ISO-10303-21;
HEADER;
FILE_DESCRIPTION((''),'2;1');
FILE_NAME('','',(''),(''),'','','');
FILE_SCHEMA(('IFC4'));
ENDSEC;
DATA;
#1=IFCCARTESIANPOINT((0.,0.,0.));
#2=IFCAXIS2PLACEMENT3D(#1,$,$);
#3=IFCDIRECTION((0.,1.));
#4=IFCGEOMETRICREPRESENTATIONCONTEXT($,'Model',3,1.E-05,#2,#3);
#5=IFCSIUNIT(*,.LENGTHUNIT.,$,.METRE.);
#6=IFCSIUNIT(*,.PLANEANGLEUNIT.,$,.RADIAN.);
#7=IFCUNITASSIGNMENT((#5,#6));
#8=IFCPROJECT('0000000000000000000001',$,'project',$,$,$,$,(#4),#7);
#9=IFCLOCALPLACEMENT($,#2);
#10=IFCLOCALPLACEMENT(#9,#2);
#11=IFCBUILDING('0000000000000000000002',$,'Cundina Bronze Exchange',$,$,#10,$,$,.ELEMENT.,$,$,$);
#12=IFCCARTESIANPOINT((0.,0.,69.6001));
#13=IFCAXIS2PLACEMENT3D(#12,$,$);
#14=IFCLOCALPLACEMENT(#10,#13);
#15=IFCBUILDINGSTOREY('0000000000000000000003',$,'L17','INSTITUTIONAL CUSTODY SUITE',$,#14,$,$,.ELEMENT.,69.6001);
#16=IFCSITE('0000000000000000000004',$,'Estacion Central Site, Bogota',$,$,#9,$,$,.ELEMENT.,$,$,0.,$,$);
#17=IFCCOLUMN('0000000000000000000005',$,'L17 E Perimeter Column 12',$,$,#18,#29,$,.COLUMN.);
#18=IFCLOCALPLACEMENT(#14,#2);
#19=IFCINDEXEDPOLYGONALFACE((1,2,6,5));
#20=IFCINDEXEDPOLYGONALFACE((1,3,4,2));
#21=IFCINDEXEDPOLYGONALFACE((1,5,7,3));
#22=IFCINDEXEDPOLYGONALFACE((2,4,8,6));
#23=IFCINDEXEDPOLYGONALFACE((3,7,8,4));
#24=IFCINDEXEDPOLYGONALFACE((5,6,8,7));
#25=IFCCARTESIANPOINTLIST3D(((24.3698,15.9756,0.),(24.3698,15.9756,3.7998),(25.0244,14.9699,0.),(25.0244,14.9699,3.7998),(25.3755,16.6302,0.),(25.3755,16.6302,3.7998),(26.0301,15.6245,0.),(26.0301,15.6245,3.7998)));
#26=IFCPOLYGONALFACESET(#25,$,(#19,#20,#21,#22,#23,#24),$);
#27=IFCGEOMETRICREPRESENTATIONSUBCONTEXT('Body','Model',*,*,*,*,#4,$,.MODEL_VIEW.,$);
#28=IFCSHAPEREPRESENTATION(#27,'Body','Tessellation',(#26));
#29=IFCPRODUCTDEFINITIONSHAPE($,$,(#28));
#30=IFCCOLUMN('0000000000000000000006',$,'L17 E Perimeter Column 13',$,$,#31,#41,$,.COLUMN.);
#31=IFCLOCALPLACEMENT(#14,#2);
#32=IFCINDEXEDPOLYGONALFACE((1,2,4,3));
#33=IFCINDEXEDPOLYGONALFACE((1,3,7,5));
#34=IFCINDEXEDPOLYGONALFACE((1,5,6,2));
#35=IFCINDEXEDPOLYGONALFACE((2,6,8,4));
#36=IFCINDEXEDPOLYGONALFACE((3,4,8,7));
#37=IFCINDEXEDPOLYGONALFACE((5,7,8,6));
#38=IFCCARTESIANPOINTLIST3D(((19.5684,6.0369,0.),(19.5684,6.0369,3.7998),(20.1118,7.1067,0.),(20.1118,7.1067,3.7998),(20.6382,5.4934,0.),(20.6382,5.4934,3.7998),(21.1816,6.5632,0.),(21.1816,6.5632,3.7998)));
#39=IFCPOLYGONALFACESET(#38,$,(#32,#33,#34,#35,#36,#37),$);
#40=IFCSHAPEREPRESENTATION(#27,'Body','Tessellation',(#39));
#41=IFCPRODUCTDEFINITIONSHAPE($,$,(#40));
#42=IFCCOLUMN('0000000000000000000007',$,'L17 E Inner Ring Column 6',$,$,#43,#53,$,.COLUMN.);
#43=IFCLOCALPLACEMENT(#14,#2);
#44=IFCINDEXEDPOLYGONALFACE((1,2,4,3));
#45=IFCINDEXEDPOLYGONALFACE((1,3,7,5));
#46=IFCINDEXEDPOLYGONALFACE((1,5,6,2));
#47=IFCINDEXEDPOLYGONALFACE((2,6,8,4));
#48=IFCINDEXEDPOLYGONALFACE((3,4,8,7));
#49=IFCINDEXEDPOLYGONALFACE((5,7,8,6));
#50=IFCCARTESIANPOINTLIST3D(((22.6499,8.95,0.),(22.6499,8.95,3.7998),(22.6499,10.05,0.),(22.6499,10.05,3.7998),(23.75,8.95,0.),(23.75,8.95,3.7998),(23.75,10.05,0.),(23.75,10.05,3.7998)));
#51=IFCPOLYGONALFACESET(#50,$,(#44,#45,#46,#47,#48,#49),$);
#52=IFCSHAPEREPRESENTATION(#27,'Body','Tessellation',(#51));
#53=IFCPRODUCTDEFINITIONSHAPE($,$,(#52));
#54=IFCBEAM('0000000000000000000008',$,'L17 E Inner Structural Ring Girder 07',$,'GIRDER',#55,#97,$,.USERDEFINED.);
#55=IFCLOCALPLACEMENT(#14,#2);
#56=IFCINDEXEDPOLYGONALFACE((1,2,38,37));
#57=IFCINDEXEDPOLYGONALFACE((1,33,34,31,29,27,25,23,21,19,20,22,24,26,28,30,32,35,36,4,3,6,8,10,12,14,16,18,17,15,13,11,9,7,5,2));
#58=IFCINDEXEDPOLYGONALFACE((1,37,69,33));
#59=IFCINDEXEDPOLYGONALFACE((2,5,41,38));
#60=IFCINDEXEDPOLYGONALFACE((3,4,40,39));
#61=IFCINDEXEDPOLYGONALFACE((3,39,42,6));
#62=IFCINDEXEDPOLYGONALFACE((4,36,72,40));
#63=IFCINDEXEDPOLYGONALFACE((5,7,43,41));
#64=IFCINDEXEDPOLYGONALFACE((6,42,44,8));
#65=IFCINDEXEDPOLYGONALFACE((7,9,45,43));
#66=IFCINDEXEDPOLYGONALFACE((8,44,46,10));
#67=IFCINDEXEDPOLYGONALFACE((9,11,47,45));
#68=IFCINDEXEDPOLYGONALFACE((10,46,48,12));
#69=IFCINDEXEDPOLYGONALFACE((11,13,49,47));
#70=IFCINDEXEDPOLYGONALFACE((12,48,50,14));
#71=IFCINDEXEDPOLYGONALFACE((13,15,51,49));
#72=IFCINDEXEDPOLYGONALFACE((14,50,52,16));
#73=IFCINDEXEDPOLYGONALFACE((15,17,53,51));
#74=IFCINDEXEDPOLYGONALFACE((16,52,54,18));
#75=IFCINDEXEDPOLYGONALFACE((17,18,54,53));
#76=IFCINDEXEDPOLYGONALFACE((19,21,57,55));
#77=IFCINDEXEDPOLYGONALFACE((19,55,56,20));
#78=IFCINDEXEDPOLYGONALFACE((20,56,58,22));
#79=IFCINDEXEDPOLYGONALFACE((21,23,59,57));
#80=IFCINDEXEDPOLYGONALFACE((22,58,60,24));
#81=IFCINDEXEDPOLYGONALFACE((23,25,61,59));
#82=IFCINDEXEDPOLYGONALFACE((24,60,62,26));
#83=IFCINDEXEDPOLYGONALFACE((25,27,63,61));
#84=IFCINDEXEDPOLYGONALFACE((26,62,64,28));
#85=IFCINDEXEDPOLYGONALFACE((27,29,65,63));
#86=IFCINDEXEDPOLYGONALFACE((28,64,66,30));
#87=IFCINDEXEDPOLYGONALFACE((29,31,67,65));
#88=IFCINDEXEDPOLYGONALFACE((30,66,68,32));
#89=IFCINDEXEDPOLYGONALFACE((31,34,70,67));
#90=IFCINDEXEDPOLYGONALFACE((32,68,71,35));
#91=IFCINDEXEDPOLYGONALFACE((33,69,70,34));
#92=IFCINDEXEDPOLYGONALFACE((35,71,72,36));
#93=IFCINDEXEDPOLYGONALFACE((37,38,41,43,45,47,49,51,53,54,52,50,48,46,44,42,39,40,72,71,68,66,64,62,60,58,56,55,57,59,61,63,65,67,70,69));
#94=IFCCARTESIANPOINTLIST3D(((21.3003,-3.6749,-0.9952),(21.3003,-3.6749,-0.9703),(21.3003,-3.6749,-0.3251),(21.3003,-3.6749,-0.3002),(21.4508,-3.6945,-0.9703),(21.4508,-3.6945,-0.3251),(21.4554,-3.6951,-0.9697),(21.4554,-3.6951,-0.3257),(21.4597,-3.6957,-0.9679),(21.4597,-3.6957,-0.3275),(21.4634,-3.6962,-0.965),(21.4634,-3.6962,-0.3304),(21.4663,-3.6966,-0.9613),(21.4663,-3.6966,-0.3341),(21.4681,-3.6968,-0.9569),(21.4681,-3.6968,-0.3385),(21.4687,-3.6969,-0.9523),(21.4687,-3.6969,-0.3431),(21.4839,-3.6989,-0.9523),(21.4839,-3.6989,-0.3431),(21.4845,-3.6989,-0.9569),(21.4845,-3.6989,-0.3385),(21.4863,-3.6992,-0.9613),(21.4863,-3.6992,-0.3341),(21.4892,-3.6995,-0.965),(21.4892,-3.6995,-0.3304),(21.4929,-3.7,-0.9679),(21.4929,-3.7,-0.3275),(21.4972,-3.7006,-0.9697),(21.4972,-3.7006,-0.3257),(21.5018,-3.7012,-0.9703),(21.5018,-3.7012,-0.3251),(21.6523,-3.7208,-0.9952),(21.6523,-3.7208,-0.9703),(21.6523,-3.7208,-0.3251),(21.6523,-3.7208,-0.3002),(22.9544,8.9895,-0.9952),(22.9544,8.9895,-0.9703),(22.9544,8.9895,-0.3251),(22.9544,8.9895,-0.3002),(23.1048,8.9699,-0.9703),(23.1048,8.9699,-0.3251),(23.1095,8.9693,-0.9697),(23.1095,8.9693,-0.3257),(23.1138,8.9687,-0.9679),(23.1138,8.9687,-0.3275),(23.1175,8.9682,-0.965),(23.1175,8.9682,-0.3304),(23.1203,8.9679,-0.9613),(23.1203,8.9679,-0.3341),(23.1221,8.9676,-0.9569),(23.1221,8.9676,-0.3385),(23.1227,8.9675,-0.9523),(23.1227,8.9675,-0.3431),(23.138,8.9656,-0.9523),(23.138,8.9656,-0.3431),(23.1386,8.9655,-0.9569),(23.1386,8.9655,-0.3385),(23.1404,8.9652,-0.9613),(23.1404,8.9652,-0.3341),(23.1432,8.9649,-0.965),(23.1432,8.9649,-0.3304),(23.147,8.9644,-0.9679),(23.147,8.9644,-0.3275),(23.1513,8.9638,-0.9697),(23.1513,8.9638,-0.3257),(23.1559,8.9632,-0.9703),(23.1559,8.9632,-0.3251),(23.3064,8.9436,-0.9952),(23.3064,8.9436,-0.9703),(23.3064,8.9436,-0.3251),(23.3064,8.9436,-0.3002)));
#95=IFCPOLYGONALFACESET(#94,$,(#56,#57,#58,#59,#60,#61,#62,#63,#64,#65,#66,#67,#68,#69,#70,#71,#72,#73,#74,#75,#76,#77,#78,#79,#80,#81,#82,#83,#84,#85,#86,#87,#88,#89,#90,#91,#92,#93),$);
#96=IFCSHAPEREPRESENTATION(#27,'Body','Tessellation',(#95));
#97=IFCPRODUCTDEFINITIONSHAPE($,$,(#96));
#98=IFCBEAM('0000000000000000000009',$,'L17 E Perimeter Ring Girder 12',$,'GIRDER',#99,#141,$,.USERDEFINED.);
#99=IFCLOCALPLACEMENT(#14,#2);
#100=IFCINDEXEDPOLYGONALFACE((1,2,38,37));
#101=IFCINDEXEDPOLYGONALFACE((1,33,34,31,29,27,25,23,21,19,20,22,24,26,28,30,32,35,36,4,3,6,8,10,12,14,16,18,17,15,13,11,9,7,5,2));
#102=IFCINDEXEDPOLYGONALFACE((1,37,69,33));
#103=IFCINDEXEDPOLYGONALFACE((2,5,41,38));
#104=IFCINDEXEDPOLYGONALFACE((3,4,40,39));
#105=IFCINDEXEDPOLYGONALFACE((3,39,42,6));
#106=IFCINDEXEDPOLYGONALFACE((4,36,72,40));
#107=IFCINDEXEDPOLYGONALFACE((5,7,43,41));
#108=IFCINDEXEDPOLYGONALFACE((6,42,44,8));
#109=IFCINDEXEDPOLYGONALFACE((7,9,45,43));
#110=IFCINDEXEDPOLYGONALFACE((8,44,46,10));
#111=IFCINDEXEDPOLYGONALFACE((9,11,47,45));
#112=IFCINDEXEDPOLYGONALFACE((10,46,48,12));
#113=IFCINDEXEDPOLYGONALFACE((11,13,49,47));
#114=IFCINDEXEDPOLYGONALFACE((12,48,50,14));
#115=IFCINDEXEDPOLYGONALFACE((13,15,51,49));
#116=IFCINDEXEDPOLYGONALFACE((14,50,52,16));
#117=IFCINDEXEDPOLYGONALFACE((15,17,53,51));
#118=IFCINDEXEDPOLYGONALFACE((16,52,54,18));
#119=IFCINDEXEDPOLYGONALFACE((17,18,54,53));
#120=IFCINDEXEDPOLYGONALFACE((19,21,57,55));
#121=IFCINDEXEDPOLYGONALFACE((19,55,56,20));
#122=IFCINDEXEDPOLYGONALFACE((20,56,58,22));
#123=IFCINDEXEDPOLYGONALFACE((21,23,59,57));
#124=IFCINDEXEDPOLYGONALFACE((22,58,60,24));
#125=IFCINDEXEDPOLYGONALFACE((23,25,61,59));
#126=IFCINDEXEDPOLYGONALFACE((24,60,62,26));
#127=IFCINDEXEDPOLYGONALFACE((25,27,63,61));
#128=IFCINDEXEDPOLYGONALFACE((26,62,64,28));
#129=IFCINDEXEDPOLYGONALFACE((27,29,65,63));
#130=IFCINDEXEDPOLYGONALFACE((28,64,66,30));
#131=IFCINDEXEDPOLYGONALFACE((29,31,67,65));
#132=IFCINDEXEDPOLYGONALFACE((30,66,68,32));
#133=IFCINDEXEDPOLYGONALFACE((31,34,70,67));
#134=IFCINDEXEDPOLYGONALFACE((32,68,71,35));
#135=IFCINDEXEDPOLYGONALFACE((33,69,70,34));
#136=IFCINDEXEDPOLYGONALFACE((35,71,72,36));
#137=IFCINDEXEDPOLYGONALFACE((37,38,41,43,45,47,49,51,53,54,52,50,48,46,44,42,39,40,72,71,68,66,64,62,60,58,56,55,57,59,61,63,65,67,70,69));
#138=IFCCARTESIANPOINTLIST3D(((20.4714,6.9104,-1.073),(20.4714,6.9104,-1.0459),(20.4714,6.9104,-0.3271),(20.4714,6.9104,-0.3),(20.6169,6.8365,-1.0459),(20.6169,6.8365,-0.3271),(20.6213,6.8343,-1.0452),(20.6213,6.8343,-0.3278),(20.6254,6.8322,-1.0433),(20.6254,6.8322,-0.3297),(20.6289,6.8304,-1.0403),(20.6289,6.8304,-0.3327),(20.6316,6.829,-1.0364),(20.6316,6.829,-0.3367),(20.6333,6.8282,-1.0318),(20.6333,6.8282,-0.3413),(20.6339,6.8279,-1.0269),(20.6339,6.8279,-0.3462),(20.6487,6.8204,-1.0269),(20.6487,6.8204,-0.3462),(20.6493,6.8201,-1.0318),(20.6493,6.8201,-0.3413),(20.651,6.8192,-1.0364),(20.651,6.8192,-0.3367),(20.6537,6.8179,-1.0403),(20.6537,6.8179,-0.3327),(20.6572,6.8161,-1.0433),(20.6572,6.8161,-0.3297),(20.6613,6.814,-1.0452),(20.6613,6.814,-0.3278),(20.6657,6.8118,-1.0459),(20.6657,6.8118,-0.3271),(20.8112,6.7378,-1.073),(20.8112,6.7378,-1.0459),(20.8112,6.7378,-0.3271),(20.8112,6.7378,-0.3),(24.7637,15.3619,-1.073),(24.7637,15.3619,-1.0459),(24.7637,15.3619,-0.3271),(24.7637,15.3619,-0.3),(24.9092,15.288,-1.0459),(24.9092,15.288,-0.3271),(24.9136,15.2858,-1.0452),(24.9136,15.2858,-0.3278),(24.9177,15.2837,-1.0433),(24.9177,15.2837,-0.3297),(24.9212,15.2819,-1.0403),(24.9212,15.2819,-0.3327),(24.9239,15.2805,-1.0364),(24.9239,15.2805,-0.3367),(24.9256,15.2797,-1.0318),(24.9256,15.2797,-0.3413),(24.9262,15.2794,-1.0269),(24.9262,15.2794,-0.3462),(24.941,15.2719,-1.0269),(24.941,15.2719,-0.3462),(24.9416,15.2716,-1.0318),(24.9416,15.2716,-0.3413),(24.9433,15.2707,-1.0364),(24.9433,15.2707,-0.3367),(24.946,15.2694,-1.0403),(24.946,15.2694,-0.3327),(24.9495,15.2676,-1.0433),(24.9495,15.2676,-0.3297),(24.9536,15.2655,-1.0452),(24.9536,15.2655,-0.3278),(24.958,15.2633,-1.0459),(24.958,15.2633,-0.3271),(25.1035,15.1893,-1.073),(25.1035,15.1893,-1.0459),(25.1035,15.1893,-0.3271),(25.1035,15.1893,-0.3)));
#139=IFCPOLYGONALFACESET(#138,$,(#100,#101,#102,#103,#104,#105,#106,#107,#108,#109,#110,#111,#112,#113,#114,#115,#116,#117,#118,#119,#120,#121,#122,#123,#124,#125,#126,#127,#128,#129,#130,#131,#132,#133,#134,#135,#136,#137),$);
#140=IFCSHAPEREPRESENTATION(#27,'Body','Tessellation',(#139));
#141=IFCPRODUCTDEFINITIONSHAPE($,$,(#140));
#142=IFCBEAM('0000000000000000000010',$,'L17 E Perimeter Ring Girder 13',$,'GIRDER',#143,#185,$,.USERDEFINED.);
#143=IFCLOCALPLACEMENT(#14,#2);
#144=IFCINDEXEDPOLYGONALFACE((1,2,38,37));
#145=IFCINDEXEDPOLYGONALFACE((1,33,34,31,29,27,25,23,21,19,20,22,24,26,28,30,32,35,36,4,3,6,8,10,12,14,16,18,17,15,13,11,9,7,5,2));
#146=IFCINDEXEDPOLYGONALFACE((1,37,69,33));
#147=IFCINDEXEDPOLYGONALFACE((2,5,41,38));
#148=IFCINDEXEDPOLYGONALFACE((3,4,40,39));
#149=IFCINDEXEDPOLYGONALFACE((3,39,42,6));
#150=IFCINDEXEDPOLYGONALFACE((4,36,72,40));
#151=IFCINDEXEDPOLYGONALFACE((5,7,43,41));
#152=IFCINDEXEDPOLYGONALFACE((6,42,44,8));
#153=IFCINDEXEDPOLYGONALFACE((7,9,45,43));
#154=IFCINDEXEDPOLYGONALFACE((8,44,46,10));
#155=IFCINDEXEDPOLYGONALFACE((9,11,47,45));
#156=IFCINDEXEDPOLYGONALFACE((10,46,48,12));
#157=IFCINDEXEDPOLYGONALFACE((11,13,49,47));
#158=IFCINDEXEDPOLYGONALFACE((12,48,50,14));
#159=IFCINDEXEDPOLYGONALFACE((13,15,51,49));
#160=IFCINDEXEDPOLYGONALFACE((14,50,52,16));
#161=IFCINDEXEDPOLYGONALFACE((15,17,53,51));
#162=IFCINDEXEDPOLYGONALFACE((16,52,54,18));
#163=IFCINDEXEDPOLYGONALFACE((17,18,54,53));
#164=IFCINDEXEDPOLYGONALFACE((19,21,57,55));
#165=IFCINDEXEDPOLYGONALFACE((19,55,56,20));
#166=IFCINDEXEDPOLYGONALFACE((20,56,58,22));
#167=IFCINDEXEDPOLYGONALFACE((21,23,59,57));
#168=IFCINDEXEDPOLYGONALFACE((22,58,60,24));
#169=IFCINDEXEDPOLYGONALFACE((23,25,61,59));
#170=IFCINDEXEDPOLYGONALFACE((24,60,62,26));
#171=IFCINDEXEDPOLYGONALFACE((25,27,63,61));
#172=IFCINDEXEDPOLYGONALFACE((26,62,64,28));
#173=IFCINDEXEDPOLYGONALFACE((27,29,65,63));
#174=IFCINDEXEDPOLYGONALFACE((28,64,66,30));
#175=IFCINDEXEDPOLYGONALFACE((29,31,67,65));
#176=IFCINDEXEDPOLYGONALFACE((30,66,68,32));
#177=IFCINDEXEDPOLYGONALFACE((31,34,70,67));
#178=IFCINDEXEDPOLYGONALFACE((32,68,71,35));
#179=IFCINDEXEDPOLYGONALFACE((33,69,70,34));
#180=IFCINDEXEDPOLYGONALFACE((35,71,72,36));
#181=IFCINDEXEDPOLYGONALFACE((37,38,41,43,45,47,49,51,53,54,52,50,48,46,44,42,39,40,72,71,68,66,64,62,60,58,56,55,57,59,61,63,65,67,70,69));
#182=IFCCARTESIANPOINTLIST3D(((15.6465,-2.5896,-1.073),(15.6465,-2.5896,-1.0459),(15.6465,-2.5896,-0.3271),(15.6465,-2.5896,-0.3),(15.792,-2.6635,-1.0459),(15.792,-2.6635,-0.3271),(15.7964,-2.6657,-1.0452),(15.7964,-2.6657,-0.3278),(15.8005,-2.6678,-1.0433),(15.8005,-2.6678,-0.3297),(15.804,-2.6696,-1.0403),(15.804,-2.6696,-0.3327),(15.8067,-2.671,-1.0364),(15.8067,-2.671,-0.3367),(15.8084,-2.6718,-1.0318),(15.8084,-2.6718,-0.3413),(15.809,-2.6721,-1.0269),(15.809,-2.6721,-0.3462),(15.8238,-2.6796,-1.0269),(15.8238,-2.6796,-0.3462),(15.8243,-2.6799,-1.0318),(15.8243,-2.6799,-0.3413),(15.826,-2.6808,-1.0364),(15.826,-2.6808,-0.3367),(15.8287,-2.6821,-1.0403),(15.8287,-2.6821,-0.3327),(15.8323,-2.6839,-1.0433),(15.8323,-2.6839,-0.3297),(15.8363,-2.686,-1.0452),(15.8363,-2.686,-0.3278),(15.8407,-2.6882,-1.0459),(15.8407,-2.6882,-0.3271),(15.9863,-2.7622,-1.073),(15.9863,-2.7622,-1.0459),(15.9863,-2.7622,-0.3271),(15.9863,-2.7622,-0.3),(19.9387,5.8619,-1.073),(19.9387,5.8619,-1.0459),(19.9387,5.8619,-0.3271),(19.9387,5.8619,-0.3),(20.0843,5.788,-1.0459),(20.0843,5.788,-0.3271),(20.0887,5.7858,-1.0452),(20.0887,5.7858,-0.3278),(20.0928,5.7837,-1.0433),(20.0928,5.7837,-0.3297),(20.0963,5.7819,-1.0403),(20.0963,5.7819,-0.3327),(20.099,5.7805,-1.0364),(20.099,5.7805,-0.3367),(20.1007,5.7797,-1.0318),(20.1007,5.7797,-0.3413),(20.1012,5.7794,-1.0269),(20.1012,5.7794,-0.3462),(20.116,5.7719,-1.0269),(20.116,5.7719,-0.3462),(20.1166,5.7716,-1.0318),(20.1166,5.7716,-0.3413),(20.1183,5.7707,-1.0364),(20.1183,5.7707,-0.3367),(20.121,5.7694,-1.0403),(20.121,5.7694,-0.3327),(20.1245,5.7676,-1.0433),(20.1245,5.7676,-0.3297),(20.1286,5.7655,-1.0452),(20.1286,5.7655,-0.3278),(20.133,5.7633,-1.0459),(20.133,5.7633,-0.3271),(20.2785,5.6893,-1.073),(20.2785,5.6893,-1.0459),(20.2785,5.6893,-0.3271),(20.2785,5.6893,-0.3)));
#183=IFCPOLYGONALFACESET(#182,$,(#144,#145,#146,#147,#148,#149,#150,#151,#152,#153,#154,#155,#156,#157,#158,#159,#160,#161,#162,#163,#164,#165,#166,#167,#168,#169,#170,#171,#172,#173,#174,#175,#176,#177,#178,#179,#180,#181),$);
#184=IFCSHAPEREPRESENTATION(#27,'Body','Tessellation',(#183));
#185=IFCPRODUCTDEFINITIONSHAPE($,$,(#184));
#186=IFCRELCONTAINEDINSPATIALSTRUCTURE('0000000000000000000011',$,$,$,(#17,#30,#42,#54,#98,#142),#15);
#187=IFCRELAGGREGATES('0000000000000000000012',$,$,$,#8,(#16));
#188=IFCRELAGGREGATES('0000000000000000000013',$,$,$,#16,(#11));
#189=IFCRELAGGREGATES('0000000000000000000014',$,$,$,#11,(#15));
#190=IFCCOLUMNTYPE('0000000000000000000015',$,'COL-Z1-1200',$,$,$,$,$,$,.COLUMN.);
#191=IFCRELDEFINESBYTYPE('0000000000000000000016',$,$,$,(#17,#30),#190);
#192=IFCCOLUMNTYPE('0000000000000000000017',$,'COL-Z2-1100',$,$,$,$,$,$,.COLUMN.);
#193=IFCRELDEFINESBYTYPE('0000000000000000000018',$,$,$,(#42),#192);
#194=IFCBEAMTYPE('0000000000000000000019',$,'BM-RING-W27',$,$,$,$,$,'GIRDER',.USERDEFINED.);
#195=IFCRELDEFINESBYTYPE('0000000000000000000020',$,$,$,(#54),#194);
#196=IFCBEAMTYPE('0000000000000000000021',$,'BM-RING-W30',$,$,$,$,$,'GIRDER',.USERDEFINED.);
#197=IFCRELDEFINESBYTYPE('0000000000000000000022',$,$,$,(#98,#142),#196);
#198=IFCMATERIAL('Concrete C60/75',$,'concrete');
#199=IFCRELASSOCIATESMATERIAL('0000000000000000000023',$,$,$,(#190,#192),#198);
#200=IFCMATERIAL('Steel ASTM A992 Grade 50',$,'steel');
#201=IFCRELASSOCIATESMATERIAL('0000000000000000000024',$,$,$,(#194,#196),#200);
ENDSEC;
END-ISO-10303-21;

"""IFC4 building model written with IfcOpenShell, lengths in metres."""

from ifc_helpers import new_model, si_unit, direction, frame, origin, origin_2d, place, context, subcontext, project, spatial, rectangle, i_section, extrude, material, material_profile, profile_set, type_object, element, save


model = new_model("IFC4")

# Units and contexts
model_context = context("Model", 3, precision=1e-05, world=origin(), true_north=direction((0.0, 1.0)))
body_context = subcontext(model_context, "Body", "Model", "MODEL_VIEW")
ifc_project = project(units=[si_unit("LENGTHUNIT", "METRE"), si_unit("PLANEANGLEUNIT", "RADIAN")], contexts=[model_context])

# Site, building, storey
site_placement = place(None, origin())
site = spatial("IfcSite", under=ifc_project, at=site_placement, Name="Estacion Central Site, Bogota", CompositionType="ELEMENT", RefElevation=0.0)
building_placement = place(site_placement, origin())
building = spatial("IfcBuilding", under=site, at=building_placement, Name="Cundina Bronze Exchange", CompositionType="ELEMENT")
storey_placement = place(building_placement, frame((0.0, 0.0, 69.6001)))
storey = spatial("IfcBuildingStorey", under=building, at=storey_placement, Name="L17", Description="INSTITUTIONAL CUSTODY SUITE", CompositionType="ELEMENT", Elevation=69.6001)

# Columns
ifc_material_1 = material(Name="Concrete C60/75", Category="concrete")
ifc_material_profile_1 = material_profile(ifc_material_1, rectangle(XDim=1.2, YDim=1.2, at=origin_2d()), Name="RC1200X1200", Category="concrete")
ifc_profile_set_1 = profile_set([ifc_material_profile_1], Name="Concrete C60/75")
column_type_1 = type_object("IfcColumnType", Name="COL-Z1-1200", PredefinedType="COLUMN", material=ifc_profile_set_1)
for number, where, z_axis, x_axis, name in (
    (1, (25.2, 15.8, 0.0), (0.0, 0.0, 1.0), (-0.8381, -0.545517, 0.0), "L17 E Perimeter Column 12"),
    (2, (20.375, 6.3, 0.0), (0.0, 0.0, 1.0), (-0.452902, -0.891561, 0.0), "L17 E Perimeter Column 13"),
):
    element("IfcColumn", number, at=place(storey_placement, frame(where, z_axis=z_axis, x_axis=x_axis)), inside=storey, type_object=column_type_1, Name=name, PredefinedType="COLUMN", context=body_context, shape_type="SweptSolid", body=[
        extrude(rectangle(XDim=1.2, YDim=1.2, at=origin_2d()), origin(), (0.0, 0.0, 1.0), 3.7998),
    ])
ifc_material_profile_2 = material_profile(ifc_material_1, rectangle(XDim=1.1001, YDim=1.1001, at=origin_2d()), Name="RC1100X1100", Category="concrete")
ifc_profile_set_2 = profile_set([ifc_material_profile_2], Name="Concrete C60/75")
column_type_2 = type_object("IfcColumnType", Name="COL-Z2-1100", PredefinedType="COLUMN", material=ifc_profile_set_2)
column_placement = place(storey_placement, frame((23.2, 9.5, 0.0), z_axis=(0.0, 0.0, 1.0), x_axis=(1.0, 0.0, 0.0)))
element("IfcColumn", 3, at=column_placement, inside=storey, type_object=column_type_2, Name="L17 E Inner Ring Column 6", PredefinedType="COLUMN", context=body_context, shape_type="SweptSolid", body=[
    extrude(rectangle(XDim=1.1001, YDim=1.1001, at=origin_2d()), origin(), (0.0, 0.0, 1.0), 3.7998),
])

# Beams
ifc_material_2 = material(Name="Steel ASTM A992 Grade 50", Category="steel")
ifc_material_profile_3 = material_profile(ifc_material_2, i_section(OverallWidth=0.355, OverallDepth=0.6951, WebThickness=0.0154, FlangeThickness=0.0249, FilletRadius=0.0181, at=origin_2d()), Name="W27X146", Category="steel")
ifc_profile_set_3 = profile_set([ifc_material_profile_3], Name="Steel ASTM A992 Grade 50")
beam_type_1 = type_object("IfcBeamType", Name="BM-RING-W27", ElementType="GIRDER", PredefinedType="USERDEFINED", material=ifc_profile_set_3)
beam_placement = place(storey_placement, frame((23.1304, 8.9666, -0.6477), z_axis=(-0.129508, -0.991578, 0.0), x_axis=(0.991578, -0.129508, 0.0)))
element("IfcBeam", 4, at=beam_placement, inside=storey, type_object=beam_type_1, Name="L17 E Inner Structural Ring Girder 07", ObjectType="GIRDER", PredefinedType="USERDEFINED", context=body_context, shape_type="SweptSolid", body=[
    extrude(i_section(OverallWidth=0.355, OverallDepth=0.6951, WebThickness=0.0154, FlangeThickness=0.0249, FilletRadius=0.0181, at=origin_2d()), origin(), (0.0, 0.0, 1.0), 12.772),
])
ifc_material_profile_4 = material_profile(ifc_material_2, i_section(OverallWidth=0.3811, OverallDepth=0.7729, WebThickness=0.0166, FlangeThickness=0.0271, FilletRadius=0.019, at=origin_2d()), Name="W30X173", Category="steel")
ifc_profile_set_4 = profile_set([ifc_material_profile_4], Name="Steel ASTM A992 Grade 50")
beam_type_2 = type_object("IfcBeamType", Name="BM-RING-W30", ElementType="GIRDER", PredefinedType="USERDEFINED", material=ifc_profile_set_4)
for number, where, z_axis, x_axis, name in (
    (5, (24.9336, 15.2756, -0.6865), (-0.45282, -0.891602, 0.0), (0.891602, -0.45282, 0.0), "L17 E Perimeter Ring Girder 12"),
    (6, (20.1086, 5.7756, -0.6865), (-0.45282, -0.891602, 0.0), (0.891602, -0.45282, 0.0), "L17 E Perimeter Ring Girder 13"),
):
    element("IfcBeam", number, at=place(storey_placement, frame(where, z_axis=z_axis, x_axis=x_axis)), inside=storey, type_object=beam_type_2, Name=name, ObjectType="GIRDER", PredefinedType="USERDEFINED", context=body_context, shape_type="SweptSolid", body=[
        extrude(i_section(OverallWidth=0.3811, OverallDepth=0.7729, WebThickness=0.0166, FlangeThickness=0.0271, FilletRadius=0.019, at=origin_2d()), origin(), (0.0, 0.0, 1.0), 9.479),
    ])

save(model, "model.ifc")
